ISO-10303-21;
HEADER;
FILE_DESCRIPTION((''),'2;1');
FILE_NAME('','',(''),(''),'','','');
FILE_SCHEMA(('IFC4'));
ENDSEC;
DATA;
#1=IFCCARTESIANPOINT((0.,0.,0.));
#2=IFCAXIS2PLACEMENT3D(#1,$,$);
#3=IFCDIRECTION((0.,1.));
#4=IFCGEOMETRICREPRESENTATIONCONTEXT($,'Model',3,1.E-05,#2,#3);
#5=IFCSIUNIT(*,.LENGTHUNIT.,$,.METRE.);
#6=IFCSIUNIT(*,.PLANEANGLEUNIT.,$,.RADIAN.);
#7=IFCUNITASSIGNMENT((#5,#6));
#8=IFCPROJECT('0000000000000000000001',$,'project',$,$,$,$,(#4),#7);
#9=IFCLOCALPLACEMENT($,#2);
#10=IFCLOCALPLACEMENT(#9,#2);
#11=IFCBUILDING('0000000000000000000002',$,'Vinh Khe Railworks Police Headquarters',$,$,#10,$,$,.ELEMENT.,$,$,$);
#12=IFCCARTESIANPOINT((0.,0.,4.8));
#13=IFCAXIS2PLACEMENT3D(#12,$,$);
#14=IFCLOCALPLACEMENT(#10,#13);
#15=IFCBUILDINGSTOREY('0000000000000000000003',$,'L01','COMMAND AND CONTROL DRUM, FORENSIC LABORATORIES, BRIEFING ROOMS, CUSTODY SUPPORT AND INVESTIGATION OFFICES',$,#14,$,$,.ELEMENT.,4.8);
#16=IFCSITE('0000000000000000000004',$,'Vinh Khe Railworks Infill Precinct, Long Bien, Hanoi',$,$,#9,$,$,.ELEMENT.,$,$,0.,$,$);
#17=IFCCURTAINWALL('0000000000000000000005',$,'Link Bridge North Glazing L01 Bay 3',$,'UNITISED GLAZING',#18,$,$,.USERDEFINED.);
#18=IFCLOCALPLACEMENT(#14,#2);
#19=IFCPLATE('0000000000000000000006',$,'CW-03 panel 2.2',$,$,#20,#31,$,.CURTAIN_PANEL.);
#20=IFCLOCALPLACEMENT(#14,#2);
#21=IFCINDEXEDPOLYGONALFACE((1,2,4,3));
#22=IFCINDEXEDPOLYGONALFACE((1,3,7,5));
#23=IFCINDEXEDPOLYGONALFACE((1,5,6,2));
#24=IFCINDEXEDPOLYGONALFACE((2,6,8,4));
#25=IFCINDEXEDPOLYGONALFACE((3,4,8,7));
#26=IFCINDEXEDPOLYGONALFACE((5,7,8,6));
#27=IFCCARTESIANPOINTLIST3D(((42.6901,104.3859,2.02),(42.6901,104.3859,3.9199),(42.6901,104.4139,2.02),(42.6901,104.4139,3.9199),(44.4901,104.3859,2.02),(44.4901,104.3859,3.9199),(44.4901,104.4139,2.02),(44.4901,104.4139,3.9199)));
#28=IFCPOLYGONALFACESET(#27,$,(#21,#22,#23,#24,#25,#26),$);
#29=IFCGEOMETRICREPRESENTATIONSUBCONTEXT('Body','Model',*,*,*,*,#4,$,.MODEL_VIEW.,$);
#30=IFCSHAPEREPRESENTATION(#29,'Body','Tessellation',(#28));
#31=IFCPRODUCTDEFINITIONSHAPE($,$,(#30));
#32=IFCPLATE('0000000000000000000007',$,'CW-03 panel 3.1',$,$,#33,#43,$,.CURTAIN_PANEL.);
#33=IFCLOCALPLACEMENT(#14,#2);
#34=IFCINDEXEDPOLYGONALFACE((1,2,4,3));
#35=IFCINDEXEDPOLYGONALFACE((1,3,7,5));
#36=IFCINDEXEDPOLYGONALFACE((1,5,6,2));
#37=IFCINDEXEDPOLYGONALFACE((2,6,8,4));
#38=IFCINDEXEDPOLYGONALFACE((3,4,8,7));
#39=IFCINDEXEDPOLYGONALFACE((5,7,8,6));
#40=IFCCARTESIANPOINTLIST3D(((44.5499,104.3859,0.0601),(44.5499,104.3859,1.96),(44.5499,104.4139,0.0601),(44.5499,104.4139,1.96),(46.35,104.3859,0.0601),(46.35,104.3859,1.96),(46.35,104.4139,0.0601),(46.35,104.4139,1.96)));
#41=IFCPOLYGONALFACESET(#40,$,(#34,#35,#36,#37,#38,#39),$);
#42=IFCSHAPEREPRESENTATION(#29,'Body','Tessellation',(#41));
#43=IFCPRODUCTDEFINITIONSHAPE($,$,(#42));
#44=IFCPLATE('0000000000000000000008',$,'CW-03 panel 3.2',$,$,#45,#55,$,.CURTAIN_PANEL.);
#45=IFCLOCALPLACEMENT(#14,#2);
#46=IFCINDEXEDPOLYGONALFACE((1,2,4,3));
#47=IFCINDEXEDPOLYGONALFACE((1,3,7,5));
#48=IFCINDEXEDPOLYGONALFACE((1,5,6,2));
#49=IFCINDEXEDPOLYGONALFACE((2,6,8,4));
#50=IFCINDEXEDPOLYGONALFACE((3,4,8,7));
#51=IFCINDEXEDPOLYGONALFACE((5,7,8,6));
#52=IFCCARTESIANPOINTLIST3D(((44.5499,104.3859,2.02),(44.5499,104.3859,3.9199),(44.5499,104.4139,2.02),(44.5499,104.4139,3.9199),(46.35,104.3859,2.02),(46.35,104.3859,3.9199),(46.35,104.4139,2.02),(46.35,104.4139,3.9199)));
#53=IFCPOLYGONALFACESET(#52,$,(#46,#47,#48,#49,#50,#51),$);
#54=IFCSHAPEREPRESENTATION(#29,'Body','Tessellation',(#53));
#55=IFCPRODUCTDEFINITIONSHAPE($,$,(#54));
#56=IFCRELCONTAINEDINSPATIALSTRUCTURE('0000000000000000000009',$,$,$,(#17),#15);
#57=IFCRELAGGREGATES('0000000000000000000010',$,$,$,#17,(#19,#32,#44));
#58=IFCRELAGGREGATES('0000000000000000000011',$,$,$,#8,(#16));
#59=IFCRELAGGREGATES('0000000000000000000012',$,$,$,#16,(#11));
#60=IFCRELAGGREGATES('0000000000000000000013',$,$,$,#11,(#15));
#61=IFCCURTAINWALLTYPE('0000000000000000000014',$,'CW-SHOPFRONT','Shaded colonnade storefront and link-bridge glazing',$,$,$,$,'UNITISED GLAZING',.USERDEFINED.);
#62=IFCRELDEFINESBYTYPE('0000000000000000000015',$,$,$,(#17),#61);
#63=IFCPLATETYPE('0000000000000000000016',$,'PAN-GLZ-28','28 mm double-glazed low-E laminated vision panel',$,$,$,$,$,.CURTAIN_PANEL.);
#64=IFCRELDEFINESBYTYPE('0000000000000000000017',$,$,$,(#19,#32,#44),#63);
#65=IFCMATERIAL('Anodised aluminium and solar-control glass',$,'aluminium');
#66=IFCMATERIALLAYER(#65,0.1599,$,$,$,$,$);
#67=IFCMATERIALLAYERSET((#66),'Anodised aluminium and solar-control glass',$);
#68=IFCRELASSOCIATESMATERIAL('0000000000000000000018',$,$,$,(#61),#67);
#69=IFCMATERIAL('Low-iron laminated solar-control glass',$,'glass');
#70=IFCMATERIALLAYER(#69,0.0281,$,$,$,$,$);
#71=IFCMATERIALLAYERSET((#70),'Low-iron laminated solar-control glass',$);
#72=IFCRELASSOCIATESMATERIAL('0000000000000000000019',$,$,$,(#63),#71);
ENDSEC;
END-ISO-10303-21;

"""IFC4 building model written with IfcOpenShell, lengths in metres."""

from ifc_helpers import new_model, si_unit, direction, frame, origin, origin_2d, place, context, subcontext, project, spatial, rectangle, extrude, material, layer, layer_set, type_object, element, aggregate, save


model = new_model("IFC4")

# Units and contexts
model_context = context("Model", 3, precision=1e-05, world=origin(), true_north=direction((0.0, 1.0)))
body_context = subcontext(model_context, "Body", "Model", "MODEL_VIEW")
ifc_project = project(units=[si_unit("LENGTHUNIT", "METRE"), si_unit("PLANEANGLEUNIT", "RADIAN")], contexts=[model_context])

# Site, building, storey
site_placement = place(None, origin())
site = spatial("IfcSite", under=ifc_project, at=site_placement, Name="Vinh Khe Railworks Infill Precinct, Long Bien, Hanoi", CompositionType="ELEMENT", RefElevation=0.0)
building_placement = place(site_placement, origin())
building = spatial("IfcBuilding", under=site, at=building_placement, Name="Vinh Khe Railworks Police Headquarters", CompositionType="ELEMENT")
storey_placement = place(building_placement, frame((0.0, 0.0, 4.8)))
storey = spatial("IfcBuildingStorey", under=building, at=storey_placement, Name="L01", Description="COMMAND AND CONTROL DRUM, FORENSIC LABORATORIES, BRIEFING ROOMS, CUSTODY SUPPORT AND INVESTIGATION OFFICES", CompositionType="ELEMENT", Elevation=4.8)

# Curtain wall
ifc_material_1 = material(Name="Anodised aluminium and solar-control glass", Category="aluminium")
ifc_layer_1 = layer(ifc_material_1, 0.1599)
ifc_layer_set_1 = layer_set([ifc_layer_1], Name="Anodised aluminium and solar-control glass")
curtain_wall_type = type_object("IfcCurtainWallType", Name="CW-SHOPFRONT", Description="Shaded colonnade storefront and link-bridge glazing", ElementType="UNITISED GLAZING", PredefinedType="USERDEFINED", material=ifc_layer_set_1)
curtain_wall_placement = place(storey_placement, origin())
curtain_wall = element("IfcCurtainWall", 1, at=curtain_wall_placement, inside=storey, type_object=curtain_wall_type, Name="Link Bridge North Glazing L01 Bay 3", ObjectType="UNITISED GLAZING", PredefinedType="USERDEFINED")

# Plates
ifc_material_2 = material(Name="Low-iron laminated solar-control glass", Category="glass")
ifc_layer_2 = layer(ifc_material_2, 0.0281)
ifc_layer_set_2 = layer_set([ifc_layer_2], Name="Low-iron laminated solar-control glass")
plate_type = type_object("IfcPlateType", Name="PAN-GLZ-28", Description="28 mm double-glazed low-E laminated vision panel", PredefinedType="CURTAIN_PANEL", material=ifc_layer_set_2)
plate_1_placement = place(storey_placement, frame((43.5901, 104.3999, 2.02), z_axis=(0.0, 0.0, 1.0), x_axis=(1.0, 0.0, 0.0)))
plate_1 = element("IfcPlate", 2, at=plate_1_placement, type_object=plate_type, Name="CW-03 panel 2.2", PredefinedType="CURTAIN_PANEL", context=body_context, shape_type="SweptSolid", body=[
    extrude(rectangle(XDim=1.8, YDim=0.0281, at=origin_2d()), origin(), (0.0, 0.0, 1.0), 1.8999),
])
plate_2_placement = place(storey_placement, frame((45.45, 104.3999, 0.0601), z_axis=(0.0, 0.0, 1.0), x_axis=(1.0, 0.0, 0.0)))
plate_2 = element("IfcPlate", 3, at=plate_2_placement, type_object=plate_type, Name="CW-03 panel 3.1", PredefinedType="CURTAIN_PANEL", context=body_context, shape_type="SweptSolid", body=[
    extrude(rectangle(XDim=1.8, YDim=0.0281, at=origin_2d()), origin(), (0.0, 0.0, 1.0), 1.8999),
])
plate_3_placement = place(storey_placement, frame((45.45, 104.3999, 2.02), z_axis=(0.0, 0.0, 1.0), x_axis=(1.0, 0.0, 0.0)))
plate_3 = element("IfcPlate", 4, at=plate_3_placement, type_object=plate_type, Name="CW-03 panel 3.2", PredefinedType="CURTAIN_PANEL", context=body_context, shape_type="SweptSolid", body=[
    extrude(rectangle(XDim=1.8, YDim=0.0281, at=origin_2d()), origin(), (0.0, 0.0, 1.0), 1.8999),
])
aggregate(curtain_wall, [plate_1, plate_2, plate_3])

save(model, "model.ifc")
